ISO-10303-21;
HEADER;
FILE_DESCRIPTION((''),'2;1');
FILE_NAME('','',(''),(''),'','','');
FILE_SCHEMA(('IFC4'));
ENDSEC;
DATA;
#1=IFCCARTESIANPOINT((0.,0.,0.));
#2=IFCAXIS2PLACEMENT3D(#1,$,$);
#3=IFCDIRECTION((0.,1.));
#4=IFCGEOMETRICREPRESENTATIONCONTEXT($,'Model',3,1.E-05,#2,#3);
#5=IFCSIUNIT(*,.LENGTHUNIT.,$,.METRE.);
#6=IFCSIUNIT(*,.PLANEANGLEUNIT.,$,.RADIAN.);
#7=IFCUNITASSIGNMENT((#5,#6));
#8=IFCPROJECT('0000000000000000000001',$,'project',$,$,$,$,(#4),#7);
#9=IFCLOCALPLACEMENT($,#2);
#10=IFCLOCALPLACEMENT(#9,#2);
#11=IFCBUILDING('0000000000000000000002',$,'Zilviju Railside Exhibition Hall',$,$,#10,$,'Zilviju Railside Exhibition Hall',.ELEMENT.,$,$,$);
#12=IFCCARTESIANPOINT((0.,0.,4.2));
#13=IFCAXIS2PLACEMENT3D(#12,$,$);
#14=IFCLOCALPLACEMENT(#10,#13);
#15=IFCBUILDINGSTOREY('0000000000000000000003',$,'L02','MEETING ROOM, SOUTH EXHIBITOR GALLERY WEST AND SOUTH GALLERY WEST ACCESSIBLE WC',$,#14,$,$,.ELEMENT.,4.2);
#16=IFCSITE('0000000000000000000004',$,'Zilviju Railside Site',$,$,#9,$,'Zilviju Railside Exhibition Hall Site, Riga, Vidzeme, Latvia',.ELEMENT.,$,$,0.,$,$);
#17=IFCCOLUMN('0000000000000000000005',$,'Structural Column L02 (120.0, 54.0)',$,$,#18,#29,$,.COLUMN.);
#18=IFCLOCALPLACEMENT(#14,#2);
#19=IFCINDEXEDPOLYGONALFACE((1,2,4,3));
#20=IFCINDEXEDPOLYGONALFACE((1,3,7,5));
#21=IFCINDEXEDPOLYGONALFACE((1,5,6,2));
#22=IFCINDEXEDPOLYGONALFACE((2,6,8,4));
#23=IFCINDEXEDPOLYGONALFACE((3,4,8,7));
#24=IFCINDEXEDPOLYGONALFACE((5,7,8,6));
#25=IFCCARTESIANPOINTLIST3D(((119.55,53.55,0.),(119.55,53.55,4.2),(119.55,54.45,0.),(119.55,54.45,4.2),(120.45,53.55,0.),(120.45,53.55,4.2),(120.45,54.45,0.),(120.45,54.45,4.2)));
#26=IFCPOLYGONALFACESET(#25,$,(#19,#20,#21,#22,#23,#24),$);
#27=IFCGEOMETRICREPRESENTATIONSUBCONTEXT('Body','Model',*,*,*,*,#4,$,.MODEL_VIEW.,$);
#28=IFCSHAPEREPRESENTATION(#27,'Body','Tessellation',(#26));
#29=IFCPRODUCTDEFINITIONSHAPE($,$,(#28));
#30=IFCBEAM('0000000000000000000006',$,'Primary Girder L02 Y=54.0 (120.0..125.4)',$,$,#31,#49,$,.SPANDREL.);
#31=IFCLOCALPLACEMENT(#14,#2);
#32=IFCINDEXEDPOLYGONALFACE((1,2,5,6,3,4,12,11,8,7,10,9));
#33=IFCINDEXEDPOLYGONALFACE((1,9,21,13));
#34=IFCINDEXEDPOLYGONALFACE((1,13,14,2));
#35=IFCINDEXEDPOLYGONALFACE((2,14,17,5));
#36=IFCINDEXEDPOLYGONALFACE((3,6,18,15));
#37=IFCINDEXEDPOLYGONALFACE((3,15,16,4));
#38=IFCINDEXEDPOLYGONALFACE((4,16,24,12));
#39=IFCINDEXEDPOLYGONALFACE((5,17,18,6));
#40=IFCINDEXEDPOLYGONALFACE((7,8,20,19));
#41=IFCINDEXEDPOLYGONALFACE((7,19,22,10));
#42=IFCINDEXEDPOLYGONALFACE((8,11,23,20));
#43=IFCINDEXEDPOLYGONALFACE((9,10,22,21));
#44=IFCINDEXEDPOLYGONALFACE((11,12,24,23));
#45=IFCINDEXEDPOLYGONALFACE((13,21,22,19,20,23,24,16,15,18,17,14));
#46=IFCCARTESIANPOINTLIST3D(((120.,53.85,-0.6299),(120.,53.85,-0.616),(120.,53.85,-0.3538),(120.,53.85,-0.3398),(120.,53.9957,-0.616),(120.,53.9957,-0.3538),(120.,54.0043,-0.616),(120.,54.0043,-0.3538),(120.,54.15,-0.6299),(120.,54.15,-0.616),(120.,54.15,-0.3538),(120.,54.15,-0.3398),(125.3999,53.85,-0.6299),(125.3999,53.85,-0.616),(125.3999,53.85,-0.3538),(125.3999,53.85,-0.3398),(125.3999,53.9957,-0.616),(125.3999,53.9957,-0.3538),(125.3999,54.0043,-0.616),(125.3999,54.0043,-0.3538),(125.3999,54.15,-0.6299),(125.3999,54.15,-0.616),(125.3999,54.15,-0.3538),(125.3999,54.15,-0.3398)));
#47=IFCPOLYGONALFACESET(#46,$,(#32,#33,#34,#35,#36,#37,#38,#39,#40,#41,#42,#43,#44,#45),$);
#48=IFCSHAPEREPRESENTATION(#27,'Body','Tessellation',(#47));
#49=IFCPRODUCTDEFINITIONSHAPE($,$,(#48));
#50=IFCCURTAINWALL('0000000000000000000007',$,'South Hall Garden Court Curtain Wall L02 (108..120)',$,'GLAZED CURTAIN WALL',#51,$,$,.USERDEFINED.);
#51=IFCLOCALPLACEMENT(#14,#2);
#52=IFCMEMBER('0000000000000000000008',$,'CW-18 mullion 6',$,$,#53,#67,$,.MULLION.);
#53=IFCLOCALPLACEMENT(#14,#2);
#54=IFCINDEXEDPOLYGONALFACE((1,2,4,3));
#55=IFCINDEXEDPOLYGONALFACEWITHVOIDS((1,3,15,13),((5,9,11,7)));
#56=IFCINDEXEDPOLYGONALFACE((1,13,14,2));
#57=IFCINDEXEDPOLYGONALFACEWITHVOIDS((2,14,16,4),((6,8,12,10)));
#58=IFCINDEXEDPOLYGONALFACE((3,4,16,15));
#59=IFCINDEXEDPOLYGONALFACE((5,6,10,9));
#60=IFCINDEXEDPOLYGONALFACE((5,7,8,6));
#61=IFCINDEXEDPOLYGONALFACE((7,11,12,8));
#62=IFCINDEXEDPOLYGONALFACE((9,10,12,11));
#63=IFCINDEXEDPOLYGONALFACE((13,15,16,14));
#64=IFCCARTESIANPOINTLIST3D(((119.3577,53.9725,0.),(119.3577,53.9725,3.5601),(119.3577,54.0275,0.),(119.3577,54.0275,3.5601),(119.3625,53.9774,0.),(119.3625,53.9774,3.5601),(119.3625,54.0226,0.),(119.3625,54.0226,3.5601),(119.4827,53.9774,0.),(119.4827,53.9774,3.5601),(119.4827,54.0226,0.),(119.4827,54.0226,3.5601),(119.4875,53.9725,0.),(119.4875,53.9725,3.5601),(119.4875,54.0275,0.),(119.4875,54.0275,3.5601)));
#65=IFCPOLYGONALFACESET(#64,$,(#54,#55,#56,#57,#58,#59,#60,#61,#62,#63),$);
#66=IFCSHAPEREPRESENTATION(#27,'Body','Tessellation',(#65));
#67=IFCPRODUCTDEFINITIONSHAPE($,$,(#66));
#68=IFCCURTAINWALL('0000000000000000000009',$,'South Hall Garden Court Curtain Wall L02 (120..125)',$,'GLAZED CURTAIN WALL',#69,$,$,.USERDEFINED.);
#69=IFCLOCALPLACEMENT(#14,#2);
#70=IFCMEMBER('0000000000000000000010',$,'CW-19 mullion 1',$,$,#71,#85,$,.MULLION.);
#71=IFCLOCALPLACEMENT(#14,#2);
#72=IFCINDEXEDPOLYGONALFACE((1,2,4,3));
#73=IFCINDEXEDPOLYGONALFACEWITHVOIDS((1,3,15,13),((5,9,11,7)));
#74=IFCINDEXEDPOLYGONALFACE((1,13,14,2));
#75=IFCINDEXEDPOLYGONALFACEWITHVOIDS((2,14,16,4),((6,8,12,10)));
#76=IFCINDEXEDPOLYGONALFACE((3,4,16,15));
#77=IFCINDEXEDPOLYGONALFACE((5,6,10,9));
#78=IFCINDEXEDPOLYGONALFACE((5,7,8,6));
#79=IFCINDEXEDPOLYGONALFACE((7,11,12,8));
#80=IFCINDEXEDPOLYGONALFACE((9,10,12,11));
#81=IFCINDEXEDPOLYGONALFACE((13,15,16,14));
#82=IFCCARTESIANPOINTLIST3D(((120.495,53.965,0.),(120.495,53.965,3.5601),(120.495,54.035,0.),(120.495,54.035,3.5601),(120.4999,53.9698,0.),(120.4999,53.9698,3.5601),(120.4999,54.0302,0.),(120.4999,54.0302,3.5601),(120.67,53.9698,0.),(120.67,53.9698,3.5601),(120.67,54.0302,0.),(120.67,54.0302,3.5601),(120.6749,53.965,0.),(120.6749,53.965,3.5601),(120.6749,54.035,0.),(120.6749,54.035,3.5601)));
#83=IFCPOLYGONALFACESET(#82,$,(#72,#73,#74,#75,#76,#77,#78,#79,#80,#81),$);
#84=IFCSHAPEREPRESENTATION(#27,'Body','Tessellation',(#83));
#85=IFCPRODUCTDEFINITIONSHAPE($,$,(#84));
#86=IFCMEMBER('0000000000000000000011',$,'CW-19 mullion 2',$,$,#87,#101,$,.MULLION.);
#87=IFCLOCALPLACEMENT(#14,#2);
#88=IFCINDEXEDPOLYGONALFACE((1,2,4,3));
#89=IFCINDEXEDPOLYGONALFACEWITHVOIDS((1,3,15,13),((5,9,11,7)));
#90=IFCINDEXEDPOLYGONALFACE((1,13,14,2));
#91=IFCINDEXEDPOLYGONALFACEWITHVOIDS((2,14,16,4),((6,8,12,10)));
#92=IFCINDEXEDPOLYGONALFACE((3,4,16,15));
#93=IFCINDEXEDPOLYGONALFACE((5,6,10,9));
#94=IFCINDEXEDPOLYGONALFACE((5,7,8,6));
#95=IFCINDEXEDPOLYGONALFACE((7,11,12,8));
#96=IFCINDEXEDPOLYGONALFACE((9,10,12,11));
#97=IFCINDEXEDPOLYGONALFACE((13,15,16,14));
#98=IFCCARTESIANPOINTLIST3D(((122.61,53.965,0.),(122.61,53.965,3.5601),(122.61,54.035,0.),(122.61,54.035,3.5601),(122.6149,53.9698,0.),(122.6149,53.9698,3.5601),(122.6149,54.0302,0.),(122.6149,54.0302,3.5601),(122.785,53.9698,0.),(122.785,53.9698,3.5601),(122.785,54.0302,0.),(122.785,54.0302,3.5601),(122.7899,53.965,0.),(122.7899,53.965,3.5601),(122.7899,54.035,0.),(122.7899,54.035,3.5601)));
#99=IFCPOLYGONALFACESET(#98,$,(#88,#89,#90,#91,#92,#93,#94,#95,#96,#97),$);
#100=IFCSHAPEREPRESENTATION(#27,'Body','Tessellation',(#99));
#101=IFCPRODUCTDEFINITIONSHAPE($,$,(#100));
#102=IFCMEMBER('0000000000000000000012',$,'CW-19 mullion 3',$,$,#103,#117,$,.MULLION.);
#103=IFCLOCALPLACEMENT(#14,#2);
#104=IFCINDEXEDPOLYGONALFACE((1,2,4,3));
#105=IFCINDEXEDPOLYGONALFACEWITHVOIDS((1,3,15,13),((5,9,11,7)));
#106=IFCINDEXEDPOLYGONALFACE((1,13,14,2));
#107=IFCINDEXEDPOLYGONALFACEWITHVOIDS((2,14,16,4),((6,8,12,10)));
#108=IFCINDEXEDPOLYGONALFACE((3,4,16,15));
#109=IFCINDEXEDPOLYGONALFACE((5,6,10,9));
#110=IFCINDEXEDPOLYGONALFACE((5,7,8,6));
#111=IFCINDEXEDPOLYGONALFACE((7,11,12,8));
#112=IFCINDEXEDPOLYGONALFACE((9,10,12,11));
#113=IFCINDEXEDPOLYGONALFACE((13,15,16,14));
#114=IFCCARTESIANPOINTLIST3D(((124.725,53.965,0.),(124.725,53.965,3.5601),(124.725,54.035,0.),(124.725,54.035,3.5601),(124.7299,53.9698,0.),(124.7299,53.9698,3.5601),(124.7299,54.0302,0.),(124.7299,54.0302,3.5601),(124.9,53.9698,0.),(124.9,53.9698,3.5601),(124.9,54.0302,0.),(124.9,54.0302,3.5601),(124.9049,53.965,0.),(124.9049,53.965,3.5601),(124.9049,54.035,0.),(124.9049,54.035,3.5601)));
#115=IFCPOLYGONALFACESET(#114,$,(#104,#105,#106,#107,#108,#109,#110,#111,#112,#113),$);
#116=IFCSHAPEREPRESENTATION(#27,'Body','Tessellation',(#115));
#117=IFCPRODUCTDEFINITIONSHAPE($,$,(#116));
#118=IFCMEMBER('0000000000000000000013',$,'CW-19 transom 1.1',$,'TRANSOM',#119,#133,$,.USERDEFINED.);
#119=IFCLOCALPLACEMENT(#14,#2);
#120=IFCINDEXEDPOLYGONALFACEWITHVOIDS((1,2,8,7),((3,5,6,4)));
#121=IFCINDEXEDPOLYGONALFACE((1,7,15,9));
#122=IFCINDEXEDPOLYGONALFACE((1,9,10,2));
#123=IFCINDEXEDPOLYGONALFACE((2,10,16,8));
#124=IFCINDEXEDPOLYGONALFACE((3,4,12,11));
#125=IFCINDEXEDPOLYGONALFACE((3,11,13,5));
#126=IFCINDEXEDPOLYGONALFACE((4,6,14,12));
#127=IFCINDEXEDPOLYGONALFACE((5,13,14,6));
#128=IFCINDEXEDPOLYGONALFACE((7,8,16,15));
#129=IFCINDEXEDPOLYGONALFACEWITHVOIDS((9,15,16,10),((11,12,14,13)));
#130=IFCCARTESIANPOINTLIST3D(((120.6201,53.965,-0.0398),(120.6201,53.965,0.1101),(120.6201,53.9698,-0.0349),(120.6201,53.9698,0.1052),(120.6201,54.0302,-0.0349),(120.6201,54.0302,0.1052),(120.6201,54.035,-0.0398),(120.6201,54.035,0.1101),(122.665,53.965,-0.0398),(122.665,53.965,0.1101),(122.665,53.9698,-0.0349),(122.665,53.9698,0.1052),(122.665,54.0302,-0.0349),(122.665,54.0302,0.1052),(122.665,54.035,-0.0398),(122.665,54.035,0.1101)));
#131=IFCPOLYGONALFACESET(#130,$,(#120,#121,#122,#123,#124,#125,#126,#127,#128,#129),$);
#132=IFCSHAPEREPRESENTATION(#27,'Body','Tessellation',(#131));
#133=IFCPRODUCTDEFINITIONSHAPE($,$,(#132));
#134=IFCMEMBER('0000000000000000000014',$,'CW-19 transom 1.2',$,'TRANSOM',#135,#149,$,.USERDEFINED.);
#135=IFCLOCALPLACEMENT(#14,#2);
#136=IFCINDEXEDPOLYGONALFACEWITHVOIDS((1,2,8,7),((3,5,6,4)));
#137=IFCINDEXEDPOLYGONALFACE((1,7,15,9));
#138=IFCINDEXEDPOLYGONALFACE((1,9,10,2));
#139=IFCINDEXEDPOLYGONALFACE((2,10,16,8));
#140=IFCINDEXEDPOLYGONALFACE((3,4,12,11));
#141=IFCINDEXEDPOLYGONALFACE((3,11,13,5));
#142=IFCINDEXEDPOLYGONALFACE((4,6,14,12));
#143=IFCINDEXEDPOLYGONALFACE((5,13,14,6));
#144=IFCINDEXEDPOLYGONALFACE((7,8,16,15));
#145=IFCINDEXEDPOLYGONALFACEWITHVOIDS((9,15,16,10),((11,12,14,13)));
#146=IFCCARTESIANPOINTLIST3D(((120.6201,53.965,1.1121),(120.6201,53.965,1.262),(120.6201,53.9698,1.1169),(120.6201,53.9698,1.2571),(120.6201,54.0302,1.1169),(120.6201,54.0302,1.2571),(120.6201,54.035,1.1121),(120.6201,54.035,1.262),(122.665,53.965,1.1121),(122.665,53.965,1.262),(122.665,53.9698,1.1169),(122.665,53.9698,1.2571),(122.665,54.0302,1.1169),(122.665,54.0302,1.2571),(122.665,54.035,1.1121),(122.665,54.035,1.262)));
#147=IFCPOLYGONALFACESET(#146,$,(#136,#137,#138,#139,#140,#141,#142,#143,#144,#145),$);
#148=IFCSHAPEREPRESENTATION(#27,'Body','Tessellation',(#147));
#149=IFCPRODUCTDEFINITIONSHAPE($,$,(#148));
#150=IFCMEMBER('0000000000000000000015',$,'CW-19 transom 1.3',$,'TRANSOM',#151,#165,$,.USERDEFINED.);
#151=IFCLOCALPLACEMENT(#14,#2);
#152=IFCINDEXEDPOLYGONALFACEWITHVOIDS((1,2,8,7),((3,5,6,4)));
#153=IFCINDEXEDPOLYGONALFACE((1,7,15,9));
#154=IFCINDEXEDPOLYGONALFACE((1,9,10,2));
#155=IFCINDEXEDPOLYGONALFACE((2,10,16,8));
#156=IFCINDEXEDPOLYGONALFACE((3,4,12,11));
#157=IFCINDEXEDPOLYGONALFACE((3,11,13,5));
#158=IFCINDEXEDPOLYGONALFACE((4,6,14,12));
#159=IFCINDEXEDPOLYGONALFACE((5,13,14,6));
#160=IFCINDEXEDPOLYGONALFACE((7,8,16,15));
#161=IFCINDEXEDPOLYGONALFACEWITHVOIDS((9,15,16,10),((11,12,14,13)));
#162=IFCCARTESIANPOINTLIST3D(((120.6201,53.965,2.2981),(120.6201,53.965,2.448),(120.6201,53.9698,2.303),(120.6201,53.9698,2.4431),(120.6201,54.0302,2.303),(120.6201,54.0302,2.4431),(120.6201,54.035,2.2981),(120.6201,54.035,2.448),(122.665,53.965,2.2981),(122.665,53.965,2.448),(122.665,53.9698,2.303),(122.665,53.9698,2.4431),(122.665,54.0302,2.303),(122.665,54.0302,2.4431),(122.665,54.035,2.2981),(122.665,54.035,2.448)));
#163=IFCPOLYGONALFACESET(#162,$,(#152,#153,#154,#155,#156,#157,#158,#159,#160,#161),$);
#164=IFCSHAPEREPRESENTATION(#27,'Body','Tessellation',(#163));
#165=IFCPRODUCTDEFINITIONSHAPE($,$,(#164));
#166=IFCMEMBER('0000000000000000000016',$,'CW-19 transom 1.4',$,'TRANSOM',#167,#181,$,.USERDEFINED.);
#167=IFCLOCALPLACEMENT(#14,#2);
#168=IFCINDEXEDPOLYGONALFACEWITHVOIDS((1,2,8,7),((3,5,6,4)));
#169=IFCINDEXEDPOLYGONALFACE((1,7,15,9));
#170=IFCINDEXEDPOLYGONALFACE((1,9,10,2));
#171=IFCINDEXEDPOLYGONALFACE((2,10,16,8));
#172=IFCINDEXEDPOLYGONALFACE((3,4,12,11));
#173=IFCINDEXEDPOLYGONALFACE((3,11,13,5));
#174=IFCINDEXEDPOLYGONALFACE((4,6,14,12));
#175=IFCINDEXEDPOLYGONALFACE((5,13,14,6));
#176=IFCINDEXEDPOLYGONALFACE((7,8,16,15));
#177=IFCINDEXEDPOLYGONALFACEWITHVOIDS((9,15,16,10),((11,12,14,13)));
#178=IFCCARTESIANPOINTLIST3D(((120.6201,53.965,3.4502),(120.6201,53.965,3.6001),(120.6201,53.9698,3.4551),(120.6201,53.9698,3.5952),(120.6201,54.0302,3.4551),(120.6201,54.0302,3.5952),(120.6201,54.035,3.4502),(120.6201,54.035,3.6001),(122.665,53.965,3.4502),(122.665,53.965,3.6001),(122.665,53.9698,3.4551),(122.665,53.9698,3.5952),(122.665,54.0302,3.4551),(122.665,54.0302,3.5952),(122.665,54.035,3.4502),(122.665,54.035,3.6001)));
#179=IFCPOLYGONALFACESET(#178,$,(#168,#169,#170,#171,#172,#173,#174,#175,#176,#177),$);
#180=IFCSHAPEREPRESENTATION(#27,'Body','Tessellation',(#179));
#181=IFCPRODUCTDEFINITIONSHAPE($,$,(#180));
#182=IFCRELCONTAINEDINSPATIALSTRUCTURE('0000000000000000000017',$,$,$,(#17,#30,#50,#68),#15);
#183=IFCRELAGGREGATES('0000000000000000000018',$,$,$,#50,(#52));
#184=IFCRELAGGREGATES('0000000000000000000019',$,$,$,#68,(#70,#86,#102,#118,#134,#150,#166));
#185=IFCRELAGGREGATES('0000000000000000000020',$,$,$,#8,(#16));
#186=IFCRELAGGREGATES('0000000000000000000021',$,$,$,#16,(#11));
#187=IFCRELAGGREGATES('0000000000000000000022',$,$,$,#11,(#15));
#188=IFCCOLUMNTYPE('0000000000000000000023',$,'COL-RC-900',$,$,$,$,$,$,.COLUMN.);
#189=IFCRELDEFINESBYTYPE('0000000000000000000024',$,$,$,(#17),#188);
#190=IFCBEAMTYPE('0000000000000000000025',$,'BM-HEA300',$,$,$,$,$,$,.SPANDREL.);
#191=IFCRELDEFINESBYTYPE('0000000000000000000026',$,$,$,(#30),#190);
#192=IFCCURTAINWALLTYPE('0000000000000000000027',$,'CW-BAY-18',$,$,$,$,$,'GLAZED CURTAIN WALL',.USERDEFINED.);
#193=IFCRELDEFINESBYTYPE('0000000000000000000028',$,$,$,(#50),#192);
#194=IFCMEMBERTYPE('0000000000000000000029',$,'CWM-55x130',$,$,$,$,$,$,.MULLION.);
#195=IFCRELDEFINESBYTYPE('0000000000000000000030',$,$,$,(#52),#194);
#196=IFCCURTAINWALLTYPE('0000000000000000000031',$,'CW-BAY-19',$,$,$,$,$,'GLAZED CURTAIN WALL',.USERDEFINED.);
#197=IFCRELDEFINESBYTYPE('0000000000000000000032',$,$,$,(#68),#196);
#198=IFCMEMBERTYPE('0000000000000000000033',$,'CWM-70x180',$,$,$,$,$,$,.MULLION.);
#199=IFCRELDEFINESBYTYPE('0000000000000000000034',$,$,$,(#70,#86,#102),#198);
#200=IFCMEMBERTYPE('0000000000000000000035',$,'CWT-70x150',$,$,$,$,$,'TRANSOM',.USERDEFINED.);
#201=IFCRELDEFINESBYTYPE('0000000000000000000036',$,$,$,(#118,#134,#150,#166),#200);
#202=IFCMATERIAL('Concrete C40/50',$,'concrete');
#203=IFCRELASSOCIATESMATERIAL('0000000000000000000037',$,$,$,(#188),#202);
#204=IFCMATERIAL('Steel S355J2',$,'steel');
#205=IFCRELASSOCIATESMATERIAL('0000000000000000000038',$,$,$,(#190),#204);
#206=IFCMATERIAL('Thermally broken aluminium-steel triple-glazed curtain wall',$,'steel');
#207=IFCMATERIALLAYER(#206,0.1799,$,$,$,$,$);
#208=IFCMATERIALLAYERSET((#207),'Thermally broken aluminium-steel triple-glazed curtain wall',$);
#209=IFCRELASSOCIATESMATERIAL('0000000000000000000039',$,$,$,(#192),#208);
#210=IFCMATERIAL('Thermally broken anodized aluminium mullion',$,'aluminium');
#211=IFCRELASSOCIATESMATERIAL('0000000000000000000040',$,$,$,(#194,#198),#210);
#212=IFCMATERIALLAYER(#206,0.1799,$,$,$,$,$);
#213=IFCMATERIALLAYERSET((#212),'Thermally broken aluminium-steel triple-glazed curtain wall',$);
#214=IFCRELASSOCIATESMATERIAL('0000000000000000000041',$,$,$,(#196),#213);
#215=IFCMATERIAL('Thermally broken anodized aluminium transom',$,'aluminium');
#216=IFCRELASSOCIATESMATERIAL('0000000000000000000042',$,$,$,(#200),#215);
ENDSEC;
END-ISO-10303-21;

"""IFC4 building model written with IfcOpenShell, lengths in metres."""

from ifc_helpers import new_model, si_unit, direction, frame, origin, origin_2d, place, context, subcontext, project, spatial, rectangle, hollow_rectangle, i_section, extrude, material, layer, layer_set, material_profile, profile_set, type_object, element, aggregate, save


model = new_model("IFC4")

# Units and contexts
model_context = context("Model", 3, precision=1e-05, world=origin(), true_north=direction((0.0, 1.0)))
body_context = subcontext(model_context, "Body", "Model", "MODEL_VIEW")
ifc_project = project(units=[si_unit("LENGTHUNIT", "METRE"), si_unit("PLANEANGLEUNIT", "RADIAN")], contexts=[model_context])

# Site, building, storey
site_placement = place(None, origin())
site = spatial("IfcSite", under=ifc_project, at=site_placement, Name="Zilviju Railside Site", LongName="Zilviju Railside Exhibition Hall Site, Riga, Vidzeme, Latvia", CompositionType="ELEMENT", RefElevation=0.0)
building_placement = place(site_placement, origin())
building = spatial("IfcBuilding", under=site, at=building_placement, Name="Zilviju Railside Exhibition Hall", LongName="Zilviju Railside Exhibition Hall", CompositionType="ELEMENT")
storey_placement = place(building_placement, frame((0.0, 0.0, 4.2)))
storey = spatial("IfcBuildingStorey", under=building, at=storey_placement, Name="L02", Description="MEETING ROOM, SOUTH EXHIBITOR GALLERY WEST AND SOUTH GALLERY WEST ACCESSIBLE WC", CompositionType="ELEMENT", Elevation=4.2)

# Column
ifc_material_1 = material(Name="Concrete C40/50", Category="concrete")
ifc_material_profile_1 = material_profile(ifc_material_1, rectangle(XDim=0.8999, YDim=0.8999, at=origin_2d()), Name="RC COL 900x900")
ifc_profile_set_1 = profile_set([ifc_material_profile_1], Name="Concrete C40/50")
column_type = type_object("IfcColumnType", Name="COL-RC-900", PredefinedType="COLUMN", material=ifc_profile_set_1)
column_placement = place(storey_placement, frame((120.0, 54.0, 0.0), z_axis=(0.0, 0.0, 1.0), x_axis=(1.0, 0.0, 0.0)))
element("IfcColumn", 1, at=column_placement, inside=storey, type_object=column_type, Name="Structural Column L02 (120.0, 54.0)", PredefinedType="COLUMN", context=body_context, shape_type="SweptSolid", body=[
    extrude(rectangle(XDim=0.8999, YDim=0.8999, at=origin_2d()), origin(), (0.0, 0.0, 1.0), 4.2),
])

# Beam
ifc_material_2 = material(Name="Steel S355J2", Category="steel")
ifc_material_profile_2 = material_profile(ifc_material_2, i_section(OverallWidth=0.3, OverallDepth=0.29, WebThickness=0.0085, FlangeThickness=0.0139, at=origin_2d()), Name="HEA 300")
ifc_profile_set_2 = profile_set([ifc_material_profile_2], Name="Steel S355J2")
beam_type = type_object("IfcBeamType", Name="BM-HEA300", PredefinedType="SPANDREL", material=ifc_profile_set_2)
beam_placement = place(storey_placement, frame((120.0, 54.0, -0.4849), z_axis=(1.0, 0.0, 0.0), x_axis=(0.0, 1.0, 0.0)))
element("IfcBeam", 2, at=beam_placement, inside=storey, type_object=beam_type, Name="Primary Girder L02 Y=54.0 (120.0..125.4)", PredefinedType="SPANDREL", context=body_context, shape_type="SweptSolid", body=[
    extrude(i_section(OverallWidth=0.3, OverallDepth=0.29, WebThickness=0.0085, FlangeThickness=0.0139, at=origin_2d()), origin(), (0.0, 0.0, 1.0), 5.3999),
])

# Curtain wall, member
ifc_material_3 = material(Name="Thermally broken aluminium-steel triple-glazed curtain wall", Category="steel")
ifc_layer_1 = layer(ifc_material_3, 0.1799)
ifc_layer_set_1 = layer_set([ifc_layer_1], Name="Thermally broken aluminium-steel triple-glazed curtain wall")
curtain_wall_type_1 = type_object("IfcCurtainWallType", Name="CW-BAY-18", ElementType="GLAZED CURTAIN WALL", PredefinedType="USERDEFINED", material=ifc_layer_set_1)
curtain_wall_1_placement = place(storey_placement, origin())
curtain_wall_1 = element("IfcCurtainWall", 3, at=curtain_wall_1_placement, inside=storey, type_object=curtain_wall_type_1, Name="South Hall Garden Court Curtain Wall L02 (108..120)", ObjectType="GLAZED CURTAIN WALL", PredefinedType="USERDEFINED")
ifc_material_4 = material(Name="Thermally broken anodized aluminium mullion", Category="aluminium")
ifc_material_profile_3 = material_profile(ifc_material_4, hollow_rectangle(XDim=0.0549, YDim=0.1299, WallThickness=0.0049, at=origin_2d()), Name="MULLION 130x55x5")
ifc_profile_set_3 = profile_set([ifc_material_profile_3], Name="Thermally broken anodized aluminium mullion")
member_type_1 = type_object("IfcMemberType", Name="CWM-55x130", PredefinedType="MULLION", material=ifc_profile_set_3)
member_1_placement = place(storey_placement, frame((119.4226, 54.0, 0.0), z_axis=(0.0, 0.0, 1.0), x_axis=(0.0, 1.0, 0.0)))
member_1 = element("IfcMember", 4, at=member_1_placement, type_object=member_type_1, Name="CW-18 mullion 6", PredefinedType="MULLION", context=body_context, shape_type="SweptSolid", body=[
    extrude(hollow_rectangle(XDim=0.0549, YDim=0.1299, WallThickness=0.0049, at=origin_2d()), origin(), (0.0, 0.0, 1.0), 3.5601),
])
aggregate(curtain_wall_1, [member_1])

# Curtain wall, members
ifc_layer_2 = layer(ifc_material_3, 0.1799)
ifc_layer_set_2 = layer_set([ifc_layer_2], Name="Thermally broken aluminium-steel triple-glazed curtain wall")
curtain_wall_type_2 = type_object("IfcCurtainWallType", Name="CW-BAY-19", ElementType="GLAZED CURTAIN WALL", PredefinedType="USERDEFINED", material=ifc_layer_set_2)
curtain_wall_2_placement = place(storey_placement, origin())
curtain_wall_2 = element("IfcCurtainWall", 5, at=curtain_wall_2_placement, inside=storey, type_object=curtain_wall_type_2, Name="South Hall Garden Court Curtain Wall L02 (120..125)", ObjectType="GLAZED CURTAIN WALL", PredefinedType="USERDEFINED")
ifc_material_profile_4 = material_profile(ifc_material_4, hollow_rectangle(XDim=0.0701, YDim=0.1799, WallThickness=0.0049, at=origin_2d()), Name="MULLION 180x70x5")
ifc_profile_set_4 = profile_set([ifc_material_profile_4], Name="Thermally broken anodized aluminium mullion")
member_type_2 = type_object("IfcMemberType", Name="CWM-70x180", PredefinedType="MULLION", material=ifc_profile_set_4)
member_2_placement = place(storey_placement, frame((120.585, 54.0, 0.0), z_axis=(0.0, 0.0, 1.0), x_axis=(0.0, 1.0, 0.0)))
member_2 = element("IfcMember", 6, at=member_2_placement, type_object=member_type_2, Name="CW-19 mullion 1", PredefinedType="MULLION", context=body_context, shape_type="SweptSolid", body=[
    extrude(hollow_rectangle(XDim=0.0701, YDim=0.1799, WallThickness=0.0049, at=origin_2d()), origin(), (0.0, 0.0, 1.0), 3.5601),
])
member_3_placement = place(storey_placement, frame((122.7, 54.0, 0.0), z_axis=(0.0, 0.0, 1.0), x_axis=(0.0, 1.0, 0.0)))
member_3 = element("IfcMember", 7, at=member_3_placement, type_object=member_type_2, Name="CW-19 mullion 2", PredefinedType="MULLION", context=body_context, shape_type="SweptSolid", body=[
    extrude(hollow_rectangle(XDim=0.0701, YDim=0.1799, WallThickness=0.0049, at=origin_2d()), origin(), (0.0, 0.0, 1.0), 3.5601),
])
member_4_placement = place(storey_placement, frame((124.8149, 54.0, 0.0), z_axis=(0.0, 0.0, 1.0), x_axis=(0.0, 1.0, 0.0)))
member_4 = element("IfcMember", 8, at=member_4_placement, type_object=member_type_2, Name="CW-19 mullion 3", PredefinedType="MULLION", context=body_context, shape_type="SweptSolid", body=[
    extrude(hollow_rectangle(XDim=0.0701, YDim=0.1799, WallThickness=0.0049, at=origin_2d()), origin(), (0.0, 0.0, 1.0), 3.5601),
])
ifc_material_5 = material(Name="Thermally broken anodized aluminium transom", Category="aluminium")
ifc_material_profile_5 = material_profile(ifc_material_5, hollow_rectangle(XDim=0.0701, YDim=0.1499, WallThickness=0.0049, at=origin_2d()), Name="TRANSOM 150x70x5")
ifc_profile_set_5 = profile_set([ifc_material_profile_5], Name="Thermally broken anodized aluminium transom")
member_type_3 = type_object("IfcMemberType", Name="CWT-70x150", ElementType="TRANSOM", PredefinedType="USERDEFINED", material=ifc_profile_set_5)
member_5_placement = place(storey_placement, frame((120.6201, 54.0, 0.0352), z_axis=(1.0, 0.0, 0.0), x_axis=(0.0, 1.0, 0.0)))
member_5 = element("IfcMember", 9, at=member_5_placement, type_object=member_type_3, Name="CW-19 transom 1.1", ObjectType="TRANSOM", PredefinedType="USERDEFINED", context=body_context, shape_type="SweptSolid", body=[
    extrude(hollow_rectangle(XDim=0.0701, YDim=0.1499, WallThickness=0.0049, at=origin_2d()), origin(), (0.0, 0.0, 1.0), 2.0449),
])
member_6_placement = place(storey_placement, frame((120.6201, 54.0, 1.187), z_axis=(1.0, 0.0, 0.0), x_axis=(0.0, 1.0, 0.0)))
member_6 = element("IfcMember", 10, at=member_6_placement, type_object=member_type_3, Name="CW-19 transom 1.2", ObjectType="TRANSOM", PredefinedType="USERDEFINED", context=body_context, shape_type="SweptSolid", body=[
    extrude(hollow_rectangle(XDim=0.0701, YDim=0.1499, WallThickness=0.0049, at=origin_2d()), origin(), (0.0, 0.0, 1.0), 2.0449),
])
member_7_placement = place(storey_placement, frame((120.6201, 54.0, 2.373), z_axis=(1.0, 0.0, 0.0), x_axis=(0.0, 1.0, 0.0)))
member_7 = element("IfcMember", 11, at=member_7_placement, type_object=member_type_3, Name="CW-19 transom 1.3", ObjectType="TRANSOM", PredefinedType="USERDEFINED", context=body_context, shape_type="SweptSolid", body=[
    extrude(hollow_rectangle(XDim=0.0701, YDim=0.1499, WallThickness=0.0049, at=origin_2d()), origin(), (0.0, 0.0, 1.0), 2.0449),
])
member_8_placement = place(storey_placement, frame((120.6201, 54.0, 3.5251), z_axis=(1.0, 0.0, 0.0), x_axis=(0.0, 1.0, 0.0)))
member_8 = element("IfcMember", 12, at=member_8_placement, type_object=member_type_3, Name="CW-19 transom 1.4", ObjectType="TRANSOM", PredefinedType="USERDEFINED", context=body_context, shape_type="SweptSolid", body=[
    extrude(hollow_rectangle(XDim=0.0701, YDim=0.1499, WallThickness=0.0049, at=origin_2d()), origin(), (0.0, 0.0, 1.0), 2.0449),
])
aggregate(curtain_wall_2, [member_2, member_3, member_4, member_5, member_6, member_7, member_8])

save(model, "model.ifc")
